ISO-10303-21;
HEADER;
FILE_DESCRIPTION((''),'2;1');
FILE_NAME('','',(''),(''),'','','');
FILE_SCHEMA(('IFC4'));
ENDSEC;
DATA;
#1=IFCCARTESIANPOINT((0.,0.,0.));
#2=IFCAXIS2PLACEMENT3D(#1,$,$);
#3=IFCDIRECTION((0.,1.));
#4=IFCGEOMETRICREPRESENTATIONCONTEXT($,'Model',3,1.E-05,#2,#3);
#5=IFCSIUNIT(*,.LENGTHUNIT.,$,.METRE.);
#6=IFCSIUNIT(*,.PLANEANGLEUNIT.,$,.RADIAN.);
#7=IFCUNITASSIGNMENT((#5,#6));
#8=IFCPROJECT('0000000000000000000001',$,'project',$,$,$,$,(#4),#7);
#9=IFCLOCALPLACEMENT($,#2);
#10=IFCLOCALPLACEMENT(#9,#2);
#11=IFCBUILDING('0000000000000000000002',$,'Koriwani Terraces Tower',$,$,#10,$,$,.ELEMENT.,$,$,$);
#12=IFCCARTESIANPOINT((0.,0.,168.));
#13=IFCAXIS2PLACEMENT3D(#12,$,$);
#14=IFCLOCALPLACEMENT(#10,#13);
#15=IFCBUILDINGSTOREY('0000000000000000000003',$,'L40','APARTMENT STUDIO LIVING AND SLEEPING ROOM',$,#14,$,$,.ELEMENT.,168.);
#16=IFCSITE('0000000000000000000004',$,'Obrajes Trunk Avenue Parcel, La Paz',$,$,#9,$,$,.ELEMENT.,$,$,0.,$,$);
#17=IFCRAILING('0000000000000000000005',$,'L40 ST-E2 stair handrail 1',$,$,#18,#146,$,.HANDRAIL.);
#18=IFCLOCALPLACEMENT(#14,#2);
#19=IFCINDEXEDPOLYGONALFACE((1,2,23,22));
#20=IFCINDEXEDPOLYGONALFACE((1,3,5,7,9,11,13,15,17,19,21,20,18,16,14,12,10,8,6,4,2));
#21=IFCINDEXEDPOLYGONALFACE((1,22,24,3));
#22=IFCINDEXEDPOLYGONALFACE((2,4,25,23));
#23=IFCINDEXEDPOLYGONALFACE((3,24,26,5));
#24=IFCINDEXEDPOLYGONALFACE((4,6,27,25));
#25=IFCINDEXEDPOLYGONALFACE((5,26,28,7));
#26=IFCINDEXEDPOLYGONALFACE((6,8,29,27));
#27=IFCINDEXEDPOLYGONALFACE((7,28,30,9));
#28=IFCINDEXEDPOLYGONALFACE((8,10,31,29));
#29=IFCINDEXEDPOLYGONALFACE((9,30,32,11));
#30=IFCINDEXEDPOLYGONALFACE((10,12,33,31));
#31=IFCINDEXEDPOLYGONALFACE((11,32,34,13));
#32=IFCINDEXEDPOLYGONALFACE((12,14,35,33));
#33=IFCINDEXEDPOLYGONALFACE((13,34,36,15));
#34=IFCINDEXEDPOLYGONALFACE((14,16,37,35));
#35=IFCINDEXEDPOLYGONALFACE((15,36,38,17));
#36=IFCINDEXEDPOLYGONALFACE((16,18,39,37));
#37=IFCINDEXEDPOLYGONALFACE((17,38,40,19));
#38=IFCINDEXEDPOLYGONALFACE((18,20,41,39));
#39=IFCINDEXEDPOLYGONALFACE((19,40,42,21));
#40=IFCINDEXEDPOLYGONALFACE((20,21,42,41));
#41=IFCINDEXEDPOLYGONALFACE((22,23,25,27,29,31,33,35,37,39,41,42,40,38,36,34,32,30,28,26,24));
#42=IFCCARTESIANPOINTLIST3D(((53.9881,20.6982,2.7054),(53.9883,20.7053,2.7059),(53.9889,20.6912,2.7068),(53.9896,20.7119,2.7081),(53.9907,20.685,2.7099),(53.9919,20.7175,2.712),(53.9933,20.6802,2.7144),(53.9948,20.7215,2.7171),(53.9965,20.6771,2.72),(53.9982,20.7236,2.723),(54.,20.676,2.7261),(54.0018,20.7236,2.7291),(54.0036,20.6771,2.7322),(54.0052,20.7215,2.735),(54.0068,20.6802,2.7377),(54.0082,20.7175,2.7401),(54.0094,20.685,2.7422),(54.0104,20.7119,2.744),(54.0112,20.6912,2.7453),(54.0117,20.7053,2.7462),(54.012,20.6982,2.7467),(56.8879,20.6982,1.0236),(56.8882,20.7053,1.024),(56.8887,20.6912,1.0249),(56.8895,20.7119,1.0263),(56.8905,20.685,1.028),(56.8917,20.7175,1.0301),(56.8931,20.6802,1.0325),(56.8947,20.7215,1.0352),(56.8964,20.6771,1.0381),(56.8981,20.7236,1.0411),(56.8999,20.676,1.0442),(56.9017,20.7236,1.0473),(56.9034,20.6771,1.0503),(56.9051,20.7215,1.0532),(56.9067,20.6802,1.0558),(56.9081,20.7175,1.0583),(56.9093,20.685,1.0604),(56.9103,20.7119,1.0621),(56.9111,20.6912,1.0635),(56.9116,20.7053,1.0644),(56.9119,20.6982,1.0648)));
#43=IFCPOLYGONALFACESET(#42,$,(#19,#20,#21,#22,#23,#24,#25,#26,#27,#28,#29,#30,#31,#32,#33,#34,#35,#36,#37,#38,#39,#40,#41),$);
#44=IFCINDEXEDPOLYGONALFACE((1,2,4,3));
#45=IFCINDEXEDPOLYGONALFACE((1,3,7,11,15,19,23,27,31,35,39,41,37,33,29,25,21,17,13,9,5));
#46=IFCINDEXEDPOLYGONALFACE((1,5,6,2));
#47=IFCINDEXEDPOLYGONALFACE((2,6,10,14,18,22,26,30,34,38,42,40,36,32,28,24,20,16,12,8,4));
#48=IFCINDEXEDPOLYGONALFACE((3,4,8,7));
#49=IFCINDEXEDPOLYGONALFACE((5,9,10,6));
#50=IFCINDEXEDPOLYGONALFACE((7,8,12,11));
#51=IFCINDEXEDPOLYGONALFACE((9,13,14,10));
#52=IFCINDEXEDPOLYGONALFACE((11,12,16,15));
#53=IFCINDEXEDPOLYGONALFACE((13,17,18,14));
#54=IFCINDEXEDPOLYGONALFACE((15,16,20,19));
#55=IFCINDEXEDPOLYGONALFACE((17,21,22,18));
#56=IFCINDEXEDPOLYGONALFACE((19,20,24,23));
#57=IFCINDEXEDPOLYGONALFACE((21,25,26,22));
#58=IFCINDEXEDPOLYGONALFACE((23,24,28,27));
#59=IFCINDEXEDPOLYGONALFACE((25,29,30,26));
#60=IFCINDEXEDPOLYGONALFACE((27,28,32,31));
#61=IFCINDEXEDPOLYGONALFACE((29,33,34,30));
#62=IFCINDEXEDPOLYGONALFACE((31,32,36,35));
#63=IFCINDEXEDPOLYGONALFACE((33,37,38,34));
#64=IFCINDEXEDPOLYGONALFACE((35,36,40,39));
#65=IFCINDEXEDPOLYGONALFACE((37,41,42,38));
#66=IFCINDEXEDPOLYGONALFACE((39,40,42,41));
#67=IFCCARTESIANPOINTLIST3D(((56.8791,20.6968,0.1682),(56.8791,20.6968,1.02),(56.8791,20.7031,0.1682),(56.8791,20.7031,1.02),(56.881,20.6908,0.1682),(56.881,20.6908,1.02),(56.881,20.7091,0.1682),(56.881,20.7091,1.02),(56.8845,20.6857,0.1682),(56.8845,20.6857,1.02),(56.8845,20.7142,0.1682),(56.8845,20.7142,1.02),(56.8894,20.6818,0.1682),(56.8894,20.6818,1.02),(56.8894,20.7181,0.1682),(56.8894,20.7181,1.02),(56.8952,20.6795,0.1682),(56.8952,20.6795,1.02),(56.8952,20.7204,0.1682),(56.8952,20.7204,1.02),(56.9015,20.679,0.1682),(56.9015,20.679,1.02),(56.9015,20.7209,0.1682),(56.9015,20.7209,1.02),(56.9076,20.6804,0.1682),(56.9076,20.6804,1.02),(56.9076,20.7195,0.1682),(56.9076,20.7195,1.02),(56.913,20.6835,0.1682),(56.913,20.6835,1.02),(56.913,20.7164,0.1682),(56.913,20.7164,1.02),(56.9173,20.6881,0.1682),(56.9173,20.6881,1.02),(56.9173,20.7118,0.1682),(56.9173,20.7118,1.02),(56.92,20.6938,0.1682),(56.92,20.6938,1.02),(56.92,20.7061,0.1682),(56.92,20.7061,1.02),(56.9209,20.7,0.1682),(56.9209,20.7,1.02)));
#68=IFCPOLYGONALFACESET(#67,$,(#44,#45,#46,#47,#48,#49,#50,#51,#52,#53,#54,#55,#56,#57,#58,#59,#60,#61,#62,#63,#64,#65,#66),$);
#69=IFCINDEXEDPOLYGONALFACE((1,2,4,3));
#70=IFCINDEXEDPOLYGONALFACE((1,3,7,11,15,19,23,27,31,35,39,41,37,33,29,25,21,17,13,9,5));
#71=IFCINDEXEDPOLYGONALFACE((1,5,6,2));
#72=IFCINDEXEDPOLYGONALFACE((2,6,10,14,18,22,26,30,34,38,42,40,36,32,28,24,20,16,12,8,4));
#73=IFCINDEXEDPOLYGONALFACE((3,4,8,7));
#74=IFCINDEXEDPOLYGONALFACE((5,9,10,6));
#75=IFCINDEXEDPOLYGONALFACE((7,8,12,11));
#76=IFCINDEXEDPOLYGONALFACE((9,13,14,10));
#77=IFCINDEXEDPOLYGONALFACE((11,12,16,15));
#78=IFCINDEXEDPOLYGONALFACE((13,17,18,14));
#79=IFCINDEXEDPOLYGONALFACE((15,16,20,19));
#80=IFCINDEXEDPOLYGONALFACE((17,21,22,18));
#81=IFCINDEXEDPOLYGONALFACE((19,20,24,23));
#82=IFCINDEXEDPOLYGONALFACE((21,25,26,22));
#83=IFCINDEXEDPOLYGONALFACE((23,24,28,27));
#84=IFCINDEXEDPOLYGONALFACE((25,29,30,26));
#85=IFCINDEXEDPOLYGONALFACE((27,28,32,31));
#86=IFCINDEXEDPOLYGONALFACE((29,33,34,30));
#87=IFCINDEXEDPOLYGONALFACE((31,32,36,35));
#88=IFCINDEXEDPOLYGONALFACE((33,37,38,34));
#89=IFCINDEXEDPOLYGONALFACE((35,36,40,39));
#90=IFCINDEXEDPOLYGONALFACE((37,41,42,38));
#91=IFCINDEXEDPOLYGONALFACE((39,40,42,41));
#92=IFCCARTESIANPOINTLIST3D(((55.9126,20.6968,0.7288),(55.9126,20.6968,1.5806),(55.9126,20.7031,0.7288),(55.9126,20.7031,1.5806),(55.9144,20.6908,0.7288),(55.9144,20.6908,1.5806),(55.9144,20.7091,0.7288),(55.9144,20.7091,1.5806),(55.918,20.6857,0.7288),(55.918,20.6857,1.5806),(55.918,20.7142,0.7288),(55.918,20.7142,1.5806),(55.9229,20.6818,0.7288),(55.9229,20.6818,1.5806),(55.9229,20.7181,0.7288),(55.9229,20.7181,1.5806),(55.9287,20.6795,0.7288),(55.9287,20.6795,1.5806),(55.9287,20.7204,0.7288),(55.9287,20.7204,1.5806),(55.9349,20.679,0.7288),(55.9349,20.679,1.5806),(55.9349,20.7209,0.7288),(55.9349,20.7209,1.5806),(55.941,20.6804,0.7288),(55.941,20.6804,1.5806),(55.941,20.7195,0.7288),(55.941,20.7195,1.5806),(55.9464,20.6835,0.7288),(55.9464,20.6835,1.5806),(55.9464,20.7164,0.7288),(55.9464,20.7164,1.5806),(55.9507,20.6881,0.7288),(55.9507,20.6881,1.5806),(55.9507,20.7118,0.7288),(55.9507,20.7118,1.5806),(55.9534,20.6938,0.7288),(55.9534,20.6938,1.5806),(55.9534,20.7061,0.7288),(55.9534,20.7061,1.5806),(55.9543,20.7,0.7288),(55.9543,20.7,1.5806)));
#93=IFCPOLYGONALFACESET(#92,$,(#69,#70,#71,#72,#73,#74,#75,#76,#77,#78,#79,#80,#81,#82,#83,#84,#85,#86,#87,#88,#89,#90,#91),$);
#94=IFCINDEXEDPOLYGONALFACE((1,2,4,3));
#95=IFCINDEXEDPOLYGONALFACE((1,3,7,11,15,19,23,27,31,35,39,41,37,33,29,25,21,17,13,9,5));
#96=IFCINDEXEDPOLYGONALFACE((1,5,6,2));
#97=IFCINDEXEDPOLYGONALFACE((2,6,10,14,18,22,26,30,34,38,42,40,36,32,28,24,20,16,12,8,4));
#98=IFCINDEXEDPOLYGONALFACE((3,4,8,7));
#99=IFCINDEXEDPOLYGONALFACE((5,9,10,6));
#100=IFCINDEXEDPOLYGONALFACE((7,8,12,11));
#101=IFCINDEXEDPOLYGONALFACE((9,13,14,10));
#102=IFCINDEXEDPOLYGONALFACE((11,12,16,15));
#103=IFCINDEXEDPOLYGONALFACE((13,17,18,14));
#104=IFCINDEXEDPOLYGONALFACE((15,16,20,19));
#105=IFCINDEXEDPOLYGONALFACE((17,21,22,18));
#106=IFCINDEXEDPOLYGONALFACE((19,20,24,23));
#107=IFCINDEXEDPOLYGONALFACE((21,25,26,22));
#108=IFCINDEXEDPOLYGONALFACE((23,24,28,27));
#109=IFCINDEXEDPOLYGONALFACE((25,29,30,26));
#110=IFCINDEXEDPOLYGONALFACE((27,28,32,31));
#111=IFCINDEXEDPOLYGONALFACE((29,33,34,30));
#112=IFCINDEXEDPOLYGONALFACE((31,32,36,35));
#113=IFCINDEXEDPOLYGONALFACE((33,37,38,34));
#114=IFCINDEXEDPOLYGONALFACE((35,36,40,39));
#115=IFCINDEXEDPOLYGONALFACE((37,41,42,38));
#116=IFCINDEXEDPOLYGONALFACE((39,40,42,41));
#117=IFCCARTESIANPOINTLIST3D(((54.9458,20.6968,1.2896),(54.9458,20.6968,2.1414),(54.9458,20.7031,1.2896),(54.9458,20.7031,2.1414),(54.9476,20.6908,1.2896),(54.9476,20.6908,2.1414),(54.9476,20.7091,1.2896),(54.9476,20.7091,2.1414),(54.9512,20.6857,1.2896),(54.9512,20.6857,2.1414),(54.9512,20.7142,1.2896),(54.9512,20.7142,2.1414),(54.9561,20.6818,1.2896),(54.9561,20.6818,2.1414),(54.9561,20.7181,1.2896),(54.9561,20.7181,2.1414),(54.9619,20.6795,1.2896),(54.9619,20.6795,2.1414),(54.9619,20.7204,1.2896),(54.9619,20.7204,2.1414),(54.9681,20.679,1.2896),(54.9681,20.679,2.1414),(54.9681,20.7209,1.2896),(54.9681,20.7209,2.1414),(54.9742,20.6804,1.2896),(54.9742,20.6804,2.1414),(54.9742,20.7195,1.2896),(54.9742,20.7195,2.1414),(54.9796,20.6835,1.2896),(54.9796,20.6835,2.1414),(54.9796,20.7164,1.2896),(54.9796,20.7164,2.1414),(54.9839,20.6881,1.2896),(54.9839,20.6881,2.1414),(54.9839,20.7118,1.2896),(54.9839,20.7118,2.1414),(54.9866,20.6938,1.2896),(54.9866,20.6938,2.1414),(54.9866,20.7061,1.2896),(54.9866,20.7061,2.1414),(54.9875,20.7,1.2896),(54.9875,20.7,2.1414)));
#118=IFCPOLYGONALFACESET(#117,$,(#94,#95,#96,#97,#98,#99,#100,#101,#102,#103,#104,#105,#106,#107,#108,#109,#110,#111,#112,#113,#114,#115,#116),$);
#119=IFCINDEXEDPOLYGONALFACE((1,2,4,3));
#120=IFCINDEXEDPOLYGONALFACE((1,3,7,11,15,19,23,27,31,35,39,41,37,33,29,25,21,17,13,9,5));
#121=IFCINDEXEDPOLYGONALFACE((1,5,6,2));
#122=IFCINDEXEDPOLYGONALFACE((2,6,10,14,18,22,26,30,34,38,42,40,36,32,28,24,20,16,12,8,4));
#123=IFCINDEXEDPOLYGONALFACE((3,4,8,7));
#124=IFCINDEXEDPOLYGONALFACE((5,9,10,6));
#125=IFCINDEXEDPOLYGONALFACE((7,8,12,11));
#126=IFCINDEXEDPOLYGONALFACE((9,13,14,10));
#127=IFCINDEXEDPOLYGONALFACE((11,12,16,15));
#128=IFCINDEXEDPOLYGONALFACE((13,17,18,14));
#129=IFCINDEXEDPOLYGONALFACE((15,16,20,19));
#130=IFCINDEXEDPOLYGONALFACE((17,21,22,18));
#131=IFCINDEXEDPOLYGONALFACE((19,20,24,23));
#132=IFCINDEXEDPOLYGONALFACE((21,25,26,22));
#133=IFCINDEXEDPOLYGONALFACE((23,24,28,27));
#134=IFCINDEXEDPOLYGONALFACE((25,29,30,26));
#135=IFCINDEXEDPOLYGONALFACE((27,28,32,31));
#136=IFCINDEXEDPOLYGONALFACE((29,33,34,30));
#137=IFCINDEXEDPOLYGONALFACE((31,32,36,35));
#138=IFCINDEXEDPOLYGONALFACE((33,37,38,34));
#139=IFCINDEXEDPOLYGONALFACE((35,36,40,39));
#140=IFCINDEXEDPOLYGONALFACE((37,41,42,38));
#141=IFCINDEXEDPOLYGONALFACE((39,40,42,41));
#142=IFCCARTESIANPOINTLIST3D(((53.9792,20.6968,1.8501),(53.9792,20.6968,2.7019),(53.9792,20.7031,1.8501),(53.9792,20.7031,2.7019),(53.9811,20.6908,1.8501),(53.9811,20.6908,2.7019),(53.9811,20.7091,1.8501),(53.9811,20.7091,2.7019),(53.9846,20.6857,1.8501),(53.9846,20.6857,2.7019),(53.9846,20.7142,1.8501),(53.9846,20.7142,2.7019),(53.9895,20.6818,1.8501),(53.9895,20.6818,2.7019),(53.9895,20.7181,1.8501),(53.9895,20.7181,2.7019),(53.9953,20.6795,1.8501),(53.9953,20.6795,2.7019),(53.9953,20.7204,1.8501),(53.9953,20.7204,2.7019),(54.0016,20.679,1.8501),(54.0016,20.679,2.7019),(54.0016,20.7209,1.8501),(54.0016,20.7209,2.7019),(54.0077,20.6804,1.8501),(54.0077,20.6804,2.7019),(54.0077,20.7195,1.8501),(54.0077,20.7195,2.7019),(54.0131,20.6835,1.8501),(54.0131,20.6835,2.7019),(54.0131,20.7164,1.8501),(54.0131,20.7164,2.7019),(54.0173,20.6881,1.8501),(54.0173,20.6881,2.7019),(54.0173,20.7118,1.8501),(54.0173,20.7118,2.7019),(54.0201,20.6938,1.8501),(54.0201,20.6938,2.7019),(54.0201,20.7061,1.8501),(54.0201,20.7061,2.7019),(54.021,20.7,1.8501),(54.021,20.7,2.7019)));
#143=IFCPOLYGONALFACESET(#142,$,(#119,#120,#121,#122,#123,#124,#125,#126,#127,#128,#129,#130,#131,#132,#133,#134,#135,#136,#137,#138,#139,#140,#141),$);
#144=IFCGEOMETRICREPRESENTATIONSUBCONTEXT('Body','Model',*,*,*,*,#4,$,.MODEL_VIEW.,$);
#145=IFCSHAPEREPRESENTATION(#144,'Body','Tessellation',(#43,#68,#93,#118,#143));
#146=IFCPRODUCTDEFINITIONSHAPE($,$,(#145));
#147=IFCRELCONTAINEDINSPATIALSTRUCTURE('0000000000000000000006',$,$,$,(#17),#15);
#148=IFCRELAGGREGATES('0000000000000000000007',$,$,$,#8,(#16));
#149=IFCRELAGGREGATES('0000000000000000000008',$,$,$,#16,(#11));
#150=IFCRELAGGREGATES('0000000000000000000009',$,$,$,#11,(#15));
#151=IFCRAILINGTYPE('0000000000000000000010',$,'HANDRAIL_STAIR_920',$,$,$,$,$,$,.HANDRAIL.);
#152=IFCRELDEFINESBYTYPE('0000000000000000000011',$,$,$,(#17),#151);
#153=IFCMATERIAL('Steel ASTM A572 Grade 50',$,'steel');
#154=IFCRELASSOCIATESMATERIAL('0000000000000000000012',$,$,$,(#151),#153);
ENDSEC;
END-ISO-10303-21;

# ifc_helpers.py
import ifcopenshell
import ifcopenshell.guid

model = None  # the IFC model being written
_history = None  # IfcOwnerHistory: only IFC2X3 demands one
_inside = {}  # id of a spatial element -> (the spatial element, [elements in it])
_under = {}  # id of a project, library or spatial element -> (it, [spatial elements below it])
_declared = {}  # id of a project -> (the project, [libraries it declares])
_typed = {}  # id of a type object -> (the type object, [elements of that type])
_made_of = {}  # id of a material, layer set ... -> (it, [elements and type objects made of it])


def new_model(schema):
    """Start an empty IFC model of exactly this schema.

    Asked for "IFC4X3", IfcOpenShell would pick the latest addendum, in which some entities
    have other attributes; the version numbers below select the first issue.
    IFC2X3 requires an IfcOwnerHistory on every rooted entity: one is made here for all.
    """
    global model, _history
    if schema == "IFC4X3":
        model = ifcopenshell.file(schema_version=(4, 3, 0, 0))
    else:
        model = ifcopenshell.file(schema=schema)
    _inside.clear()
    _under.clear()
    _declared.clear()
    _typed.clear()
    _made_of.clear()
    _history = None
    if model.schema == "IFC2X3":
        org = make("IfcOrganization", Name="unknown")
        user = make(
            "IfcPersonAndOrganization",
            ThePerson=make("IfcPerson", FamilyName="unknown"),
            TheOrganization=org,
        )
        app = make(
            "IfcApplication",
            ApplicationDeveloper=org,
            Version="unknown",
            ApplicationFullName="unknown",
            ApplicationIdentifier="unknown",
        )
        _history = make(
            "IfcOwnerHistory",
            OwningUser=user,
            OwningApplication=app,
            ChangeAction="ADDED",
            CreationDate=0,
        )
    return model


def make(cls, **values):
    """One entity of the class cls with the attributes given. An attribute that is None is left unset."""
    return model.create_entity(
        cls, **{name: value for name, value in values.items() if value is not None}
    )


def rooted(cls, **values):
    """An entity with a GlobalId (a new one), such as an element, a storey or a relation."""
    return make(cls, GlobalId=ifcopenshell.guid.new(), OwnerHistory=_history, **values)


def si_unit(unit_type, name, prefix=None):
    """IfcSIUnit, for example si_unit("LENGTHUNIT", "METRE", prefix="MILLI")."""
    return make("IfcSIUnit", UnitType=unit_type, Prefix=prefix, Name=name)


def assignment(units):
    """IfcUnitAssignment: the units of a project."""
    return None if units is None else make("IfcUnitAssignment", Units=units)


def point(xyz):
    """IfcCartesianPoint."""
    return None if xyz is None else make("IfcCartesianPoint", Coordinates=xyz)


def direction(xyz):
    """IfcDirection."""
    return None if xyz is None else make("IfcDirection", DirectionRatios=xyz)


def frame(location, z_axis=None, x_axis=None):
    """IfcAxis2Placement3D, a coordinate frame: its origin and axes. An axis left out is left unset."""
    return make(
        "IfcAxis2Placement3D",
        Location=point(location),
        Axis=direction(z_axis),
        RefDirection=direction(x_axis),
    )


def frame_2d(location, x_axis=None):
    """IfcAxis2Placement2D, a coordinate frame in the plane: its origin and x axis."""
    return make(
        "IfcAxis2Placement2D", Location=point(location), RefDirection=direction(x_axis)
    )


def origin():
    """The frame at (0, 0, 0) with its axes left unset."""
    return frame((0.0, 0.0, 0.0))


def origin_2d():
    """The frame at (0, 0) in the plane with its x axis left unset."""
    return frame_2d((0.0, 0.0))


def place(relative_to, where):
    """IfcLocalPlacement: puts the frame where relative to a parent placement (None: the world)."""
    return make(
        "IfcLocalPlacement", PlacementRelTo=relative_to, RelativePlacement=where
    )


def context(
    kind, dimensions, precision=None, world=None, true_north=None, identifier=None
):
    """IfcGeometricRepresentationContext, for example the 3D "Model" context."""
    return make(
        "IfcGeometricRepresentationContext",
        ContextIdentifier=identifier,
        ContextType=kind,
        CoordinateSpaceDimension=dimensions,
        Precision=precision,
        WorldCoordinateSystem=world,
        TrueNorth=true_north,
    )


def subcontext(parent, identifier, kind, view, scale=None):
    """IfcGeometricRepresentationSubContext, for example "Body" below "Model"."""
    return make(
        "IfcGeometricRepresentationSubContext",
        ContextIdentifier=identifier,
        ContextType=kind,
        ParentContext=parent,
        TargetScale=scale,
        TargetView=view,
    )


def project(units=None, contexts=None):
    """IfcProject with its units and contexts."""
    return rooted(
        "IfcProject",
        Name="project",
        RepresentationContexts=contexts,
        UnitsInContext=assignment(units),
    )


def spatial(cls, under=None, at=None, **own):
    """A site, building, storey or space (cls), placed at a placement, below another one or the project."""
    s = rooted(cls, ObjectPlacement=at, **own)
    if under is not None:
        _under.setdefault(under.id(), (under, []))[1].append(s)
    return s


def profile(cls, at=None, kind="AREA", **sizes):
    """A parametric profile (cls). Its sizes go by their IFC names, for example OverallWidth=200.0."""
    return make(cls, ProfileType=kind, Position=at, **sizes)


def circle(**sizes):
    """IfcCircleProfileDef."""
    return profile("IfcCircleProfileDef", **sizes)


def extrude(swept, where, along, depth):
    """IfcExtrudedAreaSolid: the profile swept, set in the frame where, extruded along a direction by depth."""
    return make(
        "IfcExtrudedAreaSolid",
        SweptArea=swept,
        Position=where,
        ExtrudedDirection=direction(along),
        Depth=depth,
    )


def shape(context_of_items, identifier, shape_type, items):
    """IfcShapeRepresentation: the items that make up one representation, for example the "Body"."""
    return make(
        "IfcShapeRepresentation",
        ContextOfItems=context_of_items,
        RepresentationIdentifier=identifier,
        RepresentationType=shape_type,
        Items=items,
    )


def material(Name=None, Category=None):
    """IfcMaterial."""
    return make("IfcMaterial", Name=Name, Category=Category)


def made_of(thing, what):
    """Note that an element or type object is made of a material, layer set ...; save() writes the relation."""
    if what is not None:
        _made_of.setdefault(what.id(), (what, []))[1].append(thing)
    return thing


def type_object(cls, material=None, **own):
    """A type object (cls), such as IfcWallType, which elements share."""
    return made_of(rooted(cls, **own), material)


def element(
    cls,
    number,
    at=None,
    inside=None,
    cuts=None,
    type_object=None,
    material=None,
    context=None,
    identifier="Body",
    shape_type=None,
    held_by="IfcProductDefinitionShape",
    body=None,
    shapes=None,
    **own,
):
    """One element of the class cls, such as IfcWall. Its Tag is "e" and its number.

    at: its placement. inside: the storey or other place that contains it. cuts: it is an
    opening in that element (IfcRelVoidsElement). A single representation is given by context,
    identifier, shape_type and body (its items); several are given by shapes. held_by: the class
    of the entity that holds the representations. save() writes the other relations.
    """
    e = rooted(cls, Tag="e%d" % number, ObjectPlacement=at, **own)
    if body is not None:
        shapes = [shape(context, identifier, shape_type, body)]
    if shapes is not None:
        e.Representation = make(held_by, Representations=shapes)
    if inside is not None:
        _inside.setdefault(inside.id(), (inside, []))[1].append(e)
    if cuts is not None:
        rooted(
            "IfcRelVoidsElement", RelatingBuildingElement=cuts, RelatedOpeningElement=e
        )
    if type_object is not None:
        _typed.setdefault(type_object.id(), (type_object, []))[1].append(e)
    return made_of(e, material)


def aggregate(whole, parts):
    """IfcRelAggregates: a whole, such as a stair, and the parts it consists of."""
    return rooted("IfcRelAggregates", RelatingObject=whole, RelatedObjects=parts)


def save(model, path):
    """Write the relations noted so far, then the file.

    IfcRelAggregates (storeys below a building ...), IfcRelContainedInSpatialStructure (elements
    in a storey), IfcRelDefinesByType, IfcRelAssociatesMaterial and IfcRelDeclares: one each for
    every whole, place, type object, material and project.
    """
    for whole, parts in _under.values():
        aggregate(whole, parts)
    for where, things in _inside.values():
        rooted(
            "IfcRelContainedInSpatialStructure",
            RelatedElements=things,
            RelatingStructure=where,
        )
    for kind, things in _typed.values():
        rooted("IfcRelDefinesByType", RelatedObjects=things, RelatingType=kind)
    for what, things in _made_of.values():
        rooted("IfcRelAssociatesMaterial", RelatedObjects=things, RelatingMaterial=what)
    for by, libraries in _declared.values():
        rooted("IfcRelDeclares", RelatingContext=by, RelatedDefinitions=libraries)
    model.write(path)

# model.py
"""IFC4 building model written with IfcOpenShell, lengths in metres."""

from ifc_helpers import new_model, si_unit, direction, frame, origin, origin_2d, place, context, subcontext, project, spatial, circle, extrude, material, type_object, element, save


model = new_model("IFC4")

# Units and contexts
model_context = context("Model", 3, precision=1e-05, world=origin(), true_north=direction((0.0, 1.0)))
body_context = subcontext(model_context, "Body", "Model", "MODEL_VIEW")
ifc_project = project(units=[si_unit("LENGTHUNIT", "METRE"), si_unit("PLANEANGLEUNIT", "RADIAN")], contexts=[model_context])

# Site, building, storey
site_placement = place(None, origin())
site = spatial("IfcSite", under=ifc_project, at=site_placement, Name="Obrajes Trunk Avenue Parcel, La Paz", CompositionType="ELEMENT", RefElevation=0.0)
building_placement = place(site_placement, origin())
building = spatial("IfcBuilding", under=site, at=building_placement, Name="Koriwani Terraces Tower", CompositionType="ELEMENT")
storey_placement = place(building_placement, frame((0.0, 0.0, 168.0)))
storey = spatial("IfcBuildingStorey", under=building, at=storey_placement, Name="L40", Description="APARTMENT STUDIO LIVING AND SLEEPING ROOM", CompositionType="ELEMENT", Elevation=168.0)

# Railing
ifc_material_1 = material(Name="Steel ASTM A572 Grade 50", Category="steel")
railing_type_1 = type_object("IfcRailingType", Name="HANDRAIL_STAIR_920", PredefinedType="HANDRAIL", material=ifc_material_1)
railing_1_placement = place(storey_placement, frame((56.8999, 20.7, 0.1682)))
element("IfcRailing", 1, at=railing_1_placement, inside=storey, type_object=railing_type_1, Name="L40 ST-E2 stair handrail 1", PredefinedType="HANDRAIL", context=body_context, shape_type="SweptSolid", body=[
    extrude(circle(Radius=0.0239, at=origin_2d()), frame((0.0, 0.0, 0.876), z_axis=(-0.865039, 0.0, 0.501705), x_axis=(0.0, -1.0, 0.0)), (0.0, 0.0, 1.0), 3.3523),
    extrude(circle(Radius=0.021, at=origin_2d()), origin(), (0.0, 0.0, 1.0), 0.8518),
    extrude(circle(Radius=0.021, at=origin_2d()), frame((-0.9666, 0.0, 0.5605)), (0.0, 0.0, 1.0), 0.8518),
    extrude(circle(Radius=0.021, at=origin_2d()), frame((-1.9333, 0.0, 1.1213)), (0.0, 0.0, 1.0), 0.8518),
    extrude(circle(Radius=0.021, at=origin_2d()), frame((-2.8999, 0.0, 1.6819)), (0.0, 0.0, 1.0), 0.8518),
])

save(model, "model.ifc")
